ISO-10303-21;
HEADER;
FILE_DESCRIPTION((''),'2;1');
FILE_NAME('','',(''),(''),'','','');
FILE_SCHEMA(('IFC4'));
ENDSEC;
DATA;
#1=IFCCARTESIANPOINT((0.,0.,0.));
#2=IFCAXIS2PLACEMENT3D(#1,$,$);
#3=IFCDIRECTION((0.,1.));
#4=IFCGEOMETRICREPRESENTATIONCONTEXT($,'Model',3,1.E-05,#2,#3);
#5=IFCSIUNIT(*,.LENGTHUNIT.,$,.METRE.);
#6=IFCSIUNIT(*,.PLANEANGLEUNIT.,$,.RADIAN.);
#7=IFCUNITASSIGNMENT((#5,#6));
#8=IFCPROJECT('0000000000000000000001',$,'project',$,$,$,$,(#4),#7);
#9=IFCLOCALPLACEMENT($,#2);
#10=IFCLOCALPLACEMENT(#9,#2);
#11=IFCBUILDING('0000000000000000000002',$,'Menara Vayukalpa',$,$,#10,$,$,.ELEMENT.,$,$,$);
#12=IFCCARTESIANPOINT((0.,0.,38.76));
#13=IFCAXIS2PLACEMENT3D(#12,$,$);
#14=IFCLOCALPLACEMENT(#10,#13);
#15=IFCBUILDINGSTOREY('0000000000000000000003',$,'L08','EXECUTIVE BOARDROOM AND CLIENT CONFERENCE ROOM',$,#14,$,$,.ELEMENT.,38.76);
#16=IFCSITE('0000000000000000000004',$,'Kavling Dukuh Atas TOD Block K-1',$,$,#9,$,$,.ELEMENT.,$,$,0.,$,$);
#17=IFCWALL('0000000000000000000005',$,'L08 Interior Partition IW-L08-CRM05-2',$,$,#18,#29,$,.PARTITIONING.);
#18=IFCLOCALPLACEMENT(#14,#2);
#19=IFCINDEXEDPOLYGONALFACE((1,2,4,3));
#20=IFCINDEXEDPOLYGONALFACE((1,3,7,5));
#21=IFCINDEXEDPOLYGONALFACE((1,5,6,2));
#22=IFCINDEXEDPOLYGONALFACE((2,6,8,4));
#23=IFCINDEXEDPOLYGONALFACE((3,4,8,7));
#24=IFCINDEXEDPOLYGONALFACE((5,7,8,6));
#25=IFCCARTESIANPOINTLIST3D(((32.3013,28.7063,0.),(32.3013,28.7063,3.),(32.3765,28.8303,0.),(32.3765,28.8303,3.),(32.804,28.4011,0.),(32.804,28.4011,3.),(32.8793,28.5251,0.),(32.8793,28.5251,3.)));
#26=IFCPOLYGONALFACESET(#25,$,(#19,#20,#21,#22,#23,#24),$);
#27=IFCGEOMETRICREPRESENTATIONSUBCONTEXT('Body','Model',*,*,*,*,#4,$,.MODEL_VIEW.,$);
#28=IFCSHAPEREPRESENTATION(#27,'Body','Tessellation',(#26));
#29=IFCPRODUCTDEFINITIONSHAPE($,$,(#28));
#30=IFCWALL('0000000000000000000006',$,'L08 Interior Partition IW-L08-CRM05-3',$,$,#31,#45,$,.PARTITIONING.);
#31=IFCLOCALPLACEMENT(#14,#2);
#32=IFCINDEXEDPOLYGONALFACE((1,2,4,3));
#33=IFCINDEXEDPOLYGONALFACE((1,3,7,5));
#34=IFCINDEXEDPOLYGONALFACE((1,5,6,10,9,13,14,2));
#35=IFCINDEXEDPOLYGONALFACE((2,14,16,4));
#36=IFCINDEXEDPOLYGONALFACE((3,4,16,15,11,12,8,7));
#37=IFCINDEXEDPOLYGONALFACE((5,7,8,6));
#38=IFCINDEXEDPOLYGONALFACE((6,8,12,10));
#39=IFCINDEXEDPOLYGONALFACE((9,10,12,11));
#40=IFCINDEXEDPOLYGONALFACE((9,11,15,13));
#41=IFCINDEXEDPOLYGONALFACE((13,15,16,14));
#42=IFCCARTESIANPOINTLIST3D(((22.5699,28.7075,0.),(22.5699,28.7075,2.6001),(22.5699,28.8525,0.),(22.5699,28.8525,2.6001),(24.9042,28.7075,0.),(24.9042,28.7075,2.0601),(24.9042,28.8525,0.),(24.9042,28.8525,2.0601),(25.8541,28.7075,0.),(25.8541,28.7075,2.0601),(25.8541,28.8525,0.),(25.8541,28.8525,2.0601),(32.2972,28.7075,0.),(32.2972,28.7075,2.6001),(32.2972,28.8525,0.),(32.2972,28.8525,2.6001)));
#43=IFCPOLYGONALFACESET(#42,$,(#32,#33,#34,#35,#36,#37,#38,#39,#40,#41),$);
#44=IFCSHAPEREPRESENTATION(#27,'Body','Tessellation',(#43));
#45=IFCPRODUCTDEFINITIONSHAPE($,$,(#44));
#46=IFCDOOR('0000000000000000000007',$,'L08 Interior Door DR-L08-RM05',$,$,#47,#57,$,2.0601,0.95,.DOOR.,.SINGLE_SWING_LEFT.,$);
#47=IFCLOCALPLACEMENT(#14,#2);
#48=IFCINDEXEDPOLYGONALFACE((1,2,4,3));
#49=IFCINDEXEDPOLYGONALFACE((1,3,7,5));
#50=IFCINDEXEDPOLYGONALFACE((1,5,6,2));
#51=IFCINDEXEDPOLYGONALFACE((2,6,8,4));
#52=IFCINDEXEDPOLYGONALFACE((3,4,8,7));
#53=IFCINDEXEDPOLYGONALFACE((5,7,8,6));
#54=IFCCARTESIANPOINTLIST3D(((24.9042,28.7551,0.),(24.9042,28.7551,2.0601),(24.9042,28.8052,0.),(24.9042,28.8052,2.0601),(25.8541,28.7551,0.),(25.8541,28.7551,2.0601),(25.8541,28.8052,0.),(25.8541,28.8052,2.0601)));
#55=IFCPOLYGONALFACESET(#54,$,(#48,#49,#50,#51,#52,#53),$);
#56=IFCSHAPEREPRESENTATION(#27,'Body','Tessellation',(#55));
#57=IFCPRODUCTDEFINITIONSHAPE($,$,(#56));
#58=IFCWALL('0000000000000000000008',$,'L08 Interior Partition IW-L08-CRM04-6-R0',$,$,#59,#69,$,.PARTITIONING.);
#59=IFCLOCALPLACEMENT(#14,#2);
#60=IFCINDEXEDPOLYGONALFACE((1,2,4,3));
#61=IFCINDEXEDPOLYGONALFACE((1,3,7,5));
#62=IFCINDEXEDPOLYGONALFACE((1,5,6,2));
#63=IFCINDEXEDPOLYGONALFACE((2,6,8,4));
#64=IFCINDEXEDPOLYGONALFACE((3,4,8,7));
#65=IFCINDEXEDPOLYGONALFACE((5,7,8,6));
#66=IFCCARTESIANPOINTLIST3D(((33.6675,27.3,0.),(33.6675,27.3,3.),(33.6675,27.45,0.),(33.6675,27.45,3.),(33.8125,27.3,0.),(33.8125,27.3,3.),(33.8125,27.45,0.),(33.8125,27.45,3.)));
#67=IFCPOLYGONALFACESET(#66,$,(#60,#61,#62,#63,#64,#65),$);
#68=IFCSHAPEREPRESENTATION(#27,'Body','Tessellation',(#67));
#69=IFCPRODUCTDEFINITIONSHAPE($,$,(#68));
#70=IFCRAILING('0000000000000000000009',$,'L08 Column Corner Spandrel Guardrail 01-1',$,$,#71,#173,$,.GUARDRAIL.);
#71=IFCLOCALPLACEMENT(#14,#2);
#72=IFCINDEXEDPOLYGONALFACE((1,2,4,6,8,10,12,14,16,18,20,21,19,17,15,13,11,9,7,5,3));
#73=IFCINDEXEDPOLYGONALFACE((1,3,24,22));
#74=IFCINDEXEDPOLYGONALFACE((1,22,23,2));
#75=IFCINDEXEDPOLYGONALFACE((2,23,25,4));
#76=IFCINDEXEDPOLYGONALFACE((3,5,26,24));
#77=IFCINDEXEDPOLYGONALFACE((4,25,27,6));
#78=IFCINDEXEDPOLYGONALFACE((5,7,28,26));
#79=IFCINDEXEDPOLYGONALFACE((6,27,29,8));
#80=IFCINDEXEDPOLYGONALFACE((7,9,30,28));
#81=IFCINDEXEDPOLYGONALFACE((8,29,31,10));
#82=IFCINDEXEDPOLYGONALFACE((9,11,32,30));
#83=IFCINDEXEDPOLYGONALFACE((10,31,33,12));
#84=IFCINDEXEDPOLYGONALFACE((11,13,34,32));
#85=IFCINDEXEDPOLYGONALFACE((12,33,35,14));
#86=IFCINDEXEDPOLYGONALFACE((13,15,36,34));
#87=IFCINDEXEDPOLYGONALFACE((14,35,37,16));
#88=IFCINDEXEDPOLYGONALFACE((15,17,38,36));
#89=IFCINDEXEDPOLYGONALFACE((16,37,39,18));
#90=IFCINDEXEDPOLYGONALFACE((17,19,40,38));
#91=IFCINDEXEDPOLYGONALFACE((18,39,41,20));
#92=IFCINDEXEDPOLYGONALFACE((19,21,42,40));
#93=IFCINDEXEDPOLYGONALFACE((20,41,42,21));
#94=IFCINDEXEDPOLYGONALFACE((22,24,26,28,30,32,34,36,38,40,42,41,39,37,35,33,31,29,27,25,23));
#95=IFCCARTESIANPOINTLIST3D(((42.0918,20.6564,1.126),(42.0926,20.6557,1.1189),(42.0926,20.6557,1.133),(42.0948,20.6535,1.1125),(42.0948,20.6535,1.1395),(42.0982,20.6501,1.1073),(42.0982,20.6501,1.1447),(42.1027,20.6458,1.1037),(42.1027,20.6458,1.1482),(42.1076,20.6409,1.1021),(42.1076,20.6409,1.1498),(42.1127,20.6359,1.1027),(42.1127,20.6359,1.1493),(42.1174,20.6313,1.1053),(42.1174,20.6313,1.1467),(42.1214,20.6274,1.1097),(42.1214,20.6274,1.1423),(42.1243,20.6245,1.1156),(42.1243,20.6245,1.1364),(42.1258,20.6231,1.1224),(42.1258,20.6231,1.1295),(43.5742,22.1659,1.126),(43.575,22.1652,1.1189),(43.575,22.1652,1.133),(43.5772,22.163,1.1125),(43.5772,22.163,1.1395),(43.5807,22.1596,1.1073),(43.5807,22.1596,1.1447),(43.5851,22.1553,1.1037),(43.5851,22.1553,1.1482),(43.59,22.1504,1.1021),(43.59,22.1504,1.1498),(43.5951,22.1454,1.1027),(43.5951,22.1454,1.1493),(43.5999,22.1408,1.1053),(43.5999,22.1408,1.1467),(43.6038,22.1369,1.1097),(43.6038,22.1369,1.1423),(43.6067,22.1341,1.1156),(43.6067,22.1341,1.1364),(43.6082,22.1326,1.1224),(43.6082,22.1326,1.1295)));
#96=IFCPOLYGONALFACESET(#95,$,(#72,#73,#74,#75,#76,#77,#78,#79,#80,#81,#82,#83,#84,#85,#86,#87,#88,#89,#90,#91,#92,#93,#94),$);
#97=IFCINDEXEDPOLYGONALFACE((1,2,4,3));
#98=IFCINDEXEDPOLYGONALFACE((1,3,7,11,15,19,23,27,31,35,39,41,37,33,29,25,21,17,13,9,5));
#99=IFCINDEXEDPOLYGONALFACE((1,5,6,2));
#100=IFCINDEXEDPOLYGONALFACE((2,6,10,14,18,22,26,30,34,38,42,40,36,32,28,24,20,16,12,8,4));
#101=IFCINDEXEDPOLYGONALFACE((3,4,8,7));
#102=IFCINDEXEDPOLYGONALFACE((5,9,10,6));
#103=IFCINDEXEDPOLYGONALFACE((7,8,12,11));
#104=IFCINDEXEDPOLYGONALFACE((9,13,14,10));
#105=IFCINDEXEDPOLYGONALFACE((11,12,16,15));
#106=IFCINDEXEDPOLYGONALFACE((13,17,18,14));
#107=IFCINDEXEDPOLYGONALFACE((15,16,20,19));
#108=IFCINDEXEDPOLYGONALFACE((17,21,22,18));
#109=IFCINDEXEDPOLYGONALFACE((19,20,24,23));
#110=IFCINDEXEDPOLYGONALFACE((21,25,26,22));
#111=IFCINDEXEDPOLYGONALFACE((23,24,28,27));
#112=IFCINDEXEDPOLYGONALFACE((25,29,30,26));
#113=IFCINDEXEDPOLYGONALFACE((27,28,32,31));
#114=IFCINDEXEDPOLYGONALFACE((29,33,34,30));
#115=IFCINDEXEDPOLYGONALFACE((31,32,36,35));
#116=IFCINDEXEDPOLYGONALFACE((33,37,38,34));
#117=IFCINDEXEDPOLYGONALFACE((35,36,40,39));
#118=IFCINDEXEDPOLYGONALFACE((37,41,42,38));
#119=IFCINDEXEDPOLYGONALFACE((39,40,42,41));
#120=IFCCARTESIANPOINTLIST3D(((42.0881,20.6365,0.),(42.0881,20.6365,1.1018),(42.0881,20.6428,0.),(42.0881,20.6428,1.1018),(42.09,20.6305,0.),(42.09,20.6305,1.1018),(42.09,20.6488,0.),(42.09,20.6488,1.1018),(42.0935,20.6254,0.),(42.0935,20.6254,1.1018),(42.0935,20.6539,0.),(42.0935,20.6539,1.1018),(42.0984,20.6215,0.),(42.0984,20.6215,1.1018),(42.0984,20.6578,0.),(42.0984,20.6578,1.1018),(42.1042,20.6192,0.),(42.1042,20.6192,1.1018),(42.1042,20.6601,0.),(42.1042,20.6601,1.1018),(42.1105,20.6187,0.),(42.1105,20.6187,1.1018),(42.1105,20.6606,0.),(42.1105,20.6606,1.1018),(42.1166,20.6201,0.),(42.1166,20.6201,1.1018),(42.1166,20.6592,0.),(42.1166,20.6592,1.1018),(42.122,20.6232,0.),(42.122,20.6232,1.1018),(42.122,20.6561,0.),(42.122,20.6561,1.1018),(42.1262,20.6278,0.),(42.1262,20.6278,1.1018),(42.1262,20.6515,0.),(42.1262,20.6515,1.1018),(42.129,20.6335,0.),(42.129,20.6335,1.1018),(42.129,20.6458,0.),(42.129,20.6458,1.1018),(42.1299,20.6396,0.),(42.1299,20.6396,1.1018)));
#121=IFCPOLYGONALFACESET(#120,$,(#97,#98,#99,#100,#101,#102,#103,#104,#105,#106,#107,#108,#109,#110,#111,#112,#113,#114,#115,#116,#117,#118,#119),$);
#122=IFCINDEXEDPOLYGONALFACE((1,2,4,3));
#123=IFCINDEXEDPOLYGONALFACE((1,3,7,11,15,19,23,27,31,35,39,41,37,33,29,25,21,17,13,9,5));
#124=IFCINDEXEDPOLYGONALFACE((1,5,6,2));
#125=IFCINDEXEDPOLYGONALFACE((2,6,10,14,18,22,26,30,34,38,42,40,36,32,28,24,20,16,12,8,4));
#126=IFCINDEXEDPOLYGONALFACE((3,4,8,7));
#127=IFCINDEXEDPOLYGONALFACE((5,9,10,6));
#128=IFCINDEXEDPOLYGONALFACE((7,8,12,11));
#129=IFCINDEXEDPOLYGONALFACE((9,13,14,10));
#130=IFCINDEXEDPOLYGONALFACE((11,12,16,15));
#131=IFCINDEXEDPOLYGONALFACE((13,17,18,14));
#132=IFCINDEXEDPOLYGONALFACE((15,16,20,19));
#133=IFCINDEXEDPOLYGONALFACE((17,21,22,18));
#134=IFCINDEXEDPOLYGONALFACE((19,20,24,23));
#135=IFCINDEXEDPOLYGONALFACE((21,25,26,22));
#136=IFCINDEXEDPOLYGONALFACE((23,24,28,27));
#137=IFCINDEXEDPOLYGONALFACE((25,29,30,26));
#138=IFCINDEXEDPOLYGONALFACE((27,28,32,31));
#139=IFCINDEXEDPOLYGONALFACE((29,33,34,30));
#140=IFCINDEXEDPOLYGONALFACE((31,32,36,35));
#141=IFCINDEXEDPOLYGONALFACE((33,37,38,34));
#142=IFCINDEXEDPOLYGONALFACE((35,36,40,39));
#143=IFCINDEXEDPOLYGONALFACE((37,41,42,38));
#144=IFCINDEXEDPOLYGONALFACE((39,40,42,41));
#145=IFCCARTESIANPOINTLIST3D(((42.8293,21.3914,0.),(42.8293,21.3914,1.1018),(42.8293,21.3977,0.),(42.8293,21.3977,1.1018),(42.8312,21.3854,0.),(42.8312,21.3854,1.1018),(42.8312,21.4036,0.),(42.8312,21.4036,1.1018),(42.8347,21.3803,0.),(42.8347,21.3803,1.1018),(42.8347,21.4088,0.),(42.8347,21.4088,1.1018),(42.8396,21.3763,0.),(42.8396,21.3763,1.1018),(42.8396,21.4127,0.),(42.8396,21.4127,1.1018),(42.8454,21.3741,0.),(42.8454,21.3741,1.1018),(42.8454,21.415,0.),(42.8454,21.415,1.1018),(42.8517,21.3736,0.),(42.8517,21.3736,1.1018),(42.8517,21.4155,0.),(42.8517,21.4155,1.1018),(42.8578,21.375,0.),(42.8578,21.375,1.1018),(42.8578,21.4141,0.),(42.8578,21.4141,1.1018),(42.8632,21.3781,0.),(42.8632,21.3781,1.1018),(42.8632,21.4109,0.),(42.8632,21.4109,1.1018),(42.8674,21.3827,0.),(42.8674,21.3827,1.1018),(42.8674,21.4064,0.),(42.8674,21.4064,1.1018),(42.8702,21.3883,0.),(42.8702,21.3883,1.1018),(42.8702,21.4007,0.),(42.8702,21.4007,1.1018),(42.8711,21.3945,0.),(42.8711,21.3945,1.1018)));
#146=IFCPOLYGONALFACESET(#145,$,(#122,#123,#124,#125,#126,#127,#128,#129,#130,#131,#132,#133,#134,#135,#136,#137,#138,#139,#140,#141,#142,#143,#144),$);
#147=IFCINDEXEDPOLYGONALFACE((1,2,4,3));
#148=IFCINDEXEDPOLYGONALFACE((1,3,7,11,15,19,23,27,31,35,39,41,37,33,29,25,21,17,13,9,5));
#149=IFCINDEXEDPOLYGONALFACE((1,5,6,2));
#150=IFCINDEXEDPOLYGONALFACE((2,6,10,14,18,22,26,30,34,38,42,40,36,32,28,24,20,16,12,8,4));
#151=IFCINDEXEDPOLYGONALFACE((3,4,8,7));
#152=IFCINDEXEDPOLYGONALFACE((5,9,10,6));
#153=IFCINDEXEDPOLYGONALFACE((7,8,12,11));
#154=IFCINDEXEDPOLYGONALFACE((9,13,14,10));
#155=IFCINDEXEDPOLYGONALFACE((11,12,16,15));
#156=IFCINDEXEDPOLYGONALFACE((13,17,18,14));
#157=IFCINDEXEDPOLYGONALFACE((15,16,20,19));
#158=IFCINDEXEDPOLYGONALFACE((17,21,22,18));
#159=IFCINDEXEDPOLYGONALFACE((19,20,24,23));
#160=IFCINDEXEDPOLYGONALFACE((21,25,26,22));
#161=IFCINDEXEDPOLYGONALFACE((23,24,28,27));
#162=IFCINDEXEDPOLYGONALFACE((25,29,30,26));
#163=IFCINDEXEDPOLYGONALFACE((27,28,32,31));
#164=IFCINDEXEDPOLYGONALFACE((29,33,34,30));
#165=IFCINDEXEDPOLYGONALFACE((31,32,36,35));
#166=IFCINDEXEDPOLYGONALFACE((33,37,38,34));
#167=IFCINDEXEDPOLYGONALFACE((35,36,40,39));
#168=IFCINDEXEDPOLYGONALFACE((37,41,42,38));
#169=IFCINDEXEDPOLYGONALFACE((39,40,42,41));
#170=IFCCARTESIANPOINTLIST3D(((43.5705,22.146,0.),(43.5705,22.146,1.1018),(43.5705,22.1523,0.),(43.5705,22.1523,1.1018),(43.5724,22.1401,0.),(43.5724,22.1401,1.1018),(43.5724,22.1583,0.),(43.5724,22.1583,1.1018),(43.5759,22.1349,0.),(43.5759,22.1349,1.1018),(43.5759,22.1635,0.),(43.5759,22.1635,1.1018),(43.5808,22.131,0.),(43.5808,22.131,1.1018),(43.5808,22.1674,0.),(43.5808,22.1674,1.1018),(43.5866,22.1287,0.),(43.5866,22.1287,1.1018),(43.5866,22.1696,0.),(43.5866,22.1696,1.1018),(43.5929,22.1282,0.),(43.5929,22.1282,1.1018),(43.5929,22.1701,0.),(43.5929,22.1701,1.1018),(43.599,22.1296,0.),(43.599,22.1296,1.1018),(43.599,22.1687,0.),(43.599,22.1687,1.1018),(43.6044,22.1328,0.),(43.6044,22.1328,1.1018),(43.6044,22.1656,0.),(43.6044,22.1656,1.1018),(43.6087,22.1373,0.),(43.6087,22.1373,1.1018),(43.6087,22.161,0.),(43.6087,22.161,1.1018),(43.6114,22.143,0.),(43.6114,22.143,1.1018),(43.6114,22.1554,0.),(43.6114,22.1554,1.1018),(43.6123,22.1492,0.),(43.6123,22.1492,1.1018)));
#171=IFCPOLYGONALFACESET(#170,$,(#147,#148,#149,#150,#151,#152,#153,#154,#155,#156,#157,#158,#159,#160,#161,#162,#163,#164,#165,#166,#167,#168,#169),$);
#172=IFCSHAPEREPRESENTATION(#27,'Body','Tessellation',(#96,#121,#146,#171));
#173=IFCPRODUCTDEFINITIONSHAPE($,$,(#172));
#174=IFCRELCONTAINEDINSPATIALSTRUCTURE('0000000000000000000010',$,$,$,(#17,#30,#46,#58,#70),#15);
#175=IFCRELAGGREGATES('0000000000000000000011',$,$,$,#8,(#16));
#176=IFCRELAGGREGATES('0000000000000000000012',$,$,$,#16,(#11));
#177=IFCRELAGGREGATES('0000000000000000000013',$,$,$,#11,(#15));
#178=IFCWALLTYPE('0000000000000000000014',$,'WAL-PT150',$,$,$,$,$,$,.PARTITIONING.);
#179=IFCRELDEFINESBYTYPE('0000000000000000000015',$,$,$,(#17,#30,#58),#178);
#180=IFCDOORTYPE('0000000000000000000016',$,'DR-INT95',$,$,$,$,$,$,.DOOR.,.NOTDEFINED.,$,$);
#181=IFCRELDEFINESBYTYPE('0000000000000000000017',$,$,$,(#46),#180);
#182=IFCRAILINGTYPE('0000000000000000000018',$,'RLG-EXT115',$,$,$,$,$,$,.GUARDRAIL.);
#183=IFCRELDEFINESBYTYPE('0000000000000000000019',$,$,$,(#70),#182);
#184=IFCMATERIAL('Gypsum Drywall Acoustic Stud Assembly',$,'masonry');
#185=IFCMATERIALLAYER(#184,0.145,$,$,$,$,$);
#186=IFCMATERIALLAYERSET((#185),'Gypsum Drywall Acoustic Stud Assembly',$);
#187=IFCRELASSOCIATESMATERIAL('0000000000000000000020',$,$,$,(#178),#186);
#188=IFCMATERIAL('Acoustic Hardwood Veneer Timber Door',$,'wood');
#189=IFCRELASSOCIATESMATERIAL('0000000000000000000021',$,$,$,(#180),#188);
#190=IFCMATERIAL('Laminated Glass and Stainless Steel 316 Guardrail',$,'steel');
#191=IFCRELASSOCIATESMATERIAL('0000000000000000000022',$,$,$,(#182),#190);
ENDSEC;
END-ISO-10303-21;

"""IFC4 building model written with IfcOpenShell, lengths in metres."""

from ifc_helpers import new_model, si_unit, direction, frame, frame_2d, origin, origin_2d, place, context, subcontext, project, spatial, rectangle, circle, extrude, material, layer, layer_set, type_object, element, fill, save


model = new_model("IFC4")

# Units and contexts
model_context = context("Model", 3, precision=1e-05, world=origin(), true_north=direction((0.0, 1.0)))
body_context = subcontext(model_context, "Body", "Model", "MODEL_VIEW")
ifc_project = project(units=[si_unit("LENGTHUNIT", "METRE"), si_unit("PLANEANGLEUNIT", "RADIAN")], contexts=[model_context])

# Site, building, storey
site_placement = place(None, origin())
site = spatial("IfcSite", under=ifc_project, at=site_placement, Name="Kavling Dukuh Atas TOD Block K-1", CompositionType="ELEMENT", RefElevation=0.0)
building_placement = place(site_placement, origin())
building = spatial("IfcBuilding", under=site, at=building_placement, Name="Menara Vayukalpa", CompositionType="ELEMENT")
storey_placement = place(building_placement, frame((0.0, 0.0, 38.76)))
storey = spatial("IfcBuildingStorey", under=building, at=storey_placement, Name="L08", Description="EXECUTIVE BOARDROOM AND CLIENT CONFERENCE ROOM", CompositionType="ELEMENT", Elevation=38.76)

# Wall
ifc_material_1 = material(Name="Gypsum Drywall Acoustic Stud Assembly", Category="masonry")
ifc_layer_1 = layer(ifc_material_1, 0.145)
ifc_layer_set_1 = layer_set([ifc_layer_1], Name="Gypsum Drywall Acoustic Stud Assembly")
wall_type_1 = type_object("IfcWallType", Name="WAL-PT150", PredefinedType="PARTITIONING", material=ifc_layer_set_1)
wall_1_placement = place(storey_placement, frame((32.8416, 28.4631, 0.0), z_axis=(0.0, 0.0, 1.0), x_axis=(-0.854807, 0.518946, 0.0)))
element("IfcWall", 1, at=wall_1_placement, inside=storey, type_object=wall_type_1, Name="L08 Interior Partition IW-L08-CRM05-2", PredefinedType="PARTITIONING", context=body_context, shape_type="SweptSolid", body=[
    extrude(rectangle(XDim=0.5881, YDim=0.145, at=frame_2d((0.2939, 0.0))), origin(), (0.0, 0.0, 1.0), 3.0),
])

# Wall, opening, door
wall_2_placement = place(storey_placement, frame((32.2974, 28.78, 0.0), z_axis=(0.0, 0.0, 1.0), x_axis=(-1.0, 0.0, 0.0)))
wall_2 = element("IfcWall", 2, at=wall_2_placement, inside=storey, type_object=wall_type_1, Name="L08 Interior Partition IW-L08-CRM05-3", PredefinedType="PARTITIONING", context=body_context, shape_type="SweptSolid", body=[
    extrude(rectangle(XDim=9.7273, YDim=0.145, at=frame_2d((4.8638, 0.0))), origin(), (0.0, 0.0, 1.0), 2.6001),
])
opening_placement = place(wall_2_placement, frame((6.4431, 0.0, 0.0)))
opening = element("IfcOpeningElement", 3, at=opening_placement, cuts=wall_2, PredefinedType="OPENING", context=body_context, shape_type="SweptSolid", body=[
    extrude(rectangle(XDim=0.95, YDim=2.0601, at=frame_2d((0.4751, 1.03))), frame((0.0, 0.0825, 0.0), z_axis=(0.0, -1.0, 0.0), x_axis=(1.0, 0.0, 0.0)), (0.0, 0.0, 1.0), 0.165),
])
ifc_material_2 = material(Name="Acoustic Hardwood Veneer Timber Door", Category="wood")
door_type = type_object("IfcDoorType", Name="DR-INT95", OperationType="NOTDEFINED", PredefinedType="DOOR", material=ifc_material_2)
door_placement = place(opening_placement, origin())
door = element("IfcDoor", 4, at=door_placement, inside=storey, type_object=door_type, Name="L08 Interior Door DR-L08-RM05", OperationType="SINGLE_SWING_LEFT", OverallHeight=2.0601, OverallWidth=0.95, PredefinedType="DOOR", context=body_context, shape_type="SweptSolid", body=[
    extrude(rectangle(XDim=0.95, YDim=2.0601, at=frame_2d((0.4751, 1.03))), frame((0.0, 0.0249, 0.0), z_axis=(0.0, -1.0, 0.0), x_axis=(1.0, 0.0, 0.0)), (0.0, 0.0, 1.0), 0.05),
])
fill(opening, door)

# Wall
wall_3_placement = place(storey_placement, frame((33.74, 27.3, 0.0), z_axis=(0.0, 0.0, 1.0), x_axis=(0.0, 1.0, 0.0)))
element("IfcWall", 5, at=wall_3_placement, inside=storey, type_object=wall_type_1, Name="L08 Interior Partition IW-L08-CRM04-6-R0", PredefinedType="PARTITIONING", context=body_context, shape_type="SweptSolid", body=[
    extrude(rectangle(XDim=0.1499, YDim=0.145, at=frame_2d((0.075, 0.0))), origin(), (0.0, 0.0, 1.0), 3.0),
])

# Railing
ifc_material_3 = material(Name="Laminated Glass and Stainless Steel 316 Guardrail", Category="steel")
railing_type = type_object("IfcRailingType", Name="RLG-EXT115", PredefinedType="GUARDRAIL", material=ifc_material_3)
railing_1_placement = place(storey_placement, frame((42.1089, 20.6396, 0.0)))
element("IfcRailing", 6, at=railing_1_placement, inside=storey, type_object=railing_type, Name="L08 Column Corner Spandrel Guardrail 01-1", PredefinedType="GUARDRAIL", context=body_context, shape_type="SweptSolid", body=[
    extrude(circle(Radius=0.0239, at=origin_2d()), frame((0.0, 0.0, 1.126), z_axis=(0.700673, 0.713482, 0.0), x_axis=(-0.713482, 0.700673, 0.0)), (0.0, 0.0, 1.0), 2.1157),
    extrude(circle(Radius=0.021, at=origin_2d()), origin(), (0.0, 0.0, 1.0), 1.1018),
    extrude(circle(Radius=0.021, at=origin_2d()), frame((0.7412, 0.7549, 0.0)), (0.0, 0.0, 1.0), 1.1018),
    extrude(circle(Radius=0.021, at=origin_2d()), frame((1.4824, 1.5095, 0.0)), (0.0, 0.0, 1.0), 1.1018),
])

save(model, "model.ifc")
